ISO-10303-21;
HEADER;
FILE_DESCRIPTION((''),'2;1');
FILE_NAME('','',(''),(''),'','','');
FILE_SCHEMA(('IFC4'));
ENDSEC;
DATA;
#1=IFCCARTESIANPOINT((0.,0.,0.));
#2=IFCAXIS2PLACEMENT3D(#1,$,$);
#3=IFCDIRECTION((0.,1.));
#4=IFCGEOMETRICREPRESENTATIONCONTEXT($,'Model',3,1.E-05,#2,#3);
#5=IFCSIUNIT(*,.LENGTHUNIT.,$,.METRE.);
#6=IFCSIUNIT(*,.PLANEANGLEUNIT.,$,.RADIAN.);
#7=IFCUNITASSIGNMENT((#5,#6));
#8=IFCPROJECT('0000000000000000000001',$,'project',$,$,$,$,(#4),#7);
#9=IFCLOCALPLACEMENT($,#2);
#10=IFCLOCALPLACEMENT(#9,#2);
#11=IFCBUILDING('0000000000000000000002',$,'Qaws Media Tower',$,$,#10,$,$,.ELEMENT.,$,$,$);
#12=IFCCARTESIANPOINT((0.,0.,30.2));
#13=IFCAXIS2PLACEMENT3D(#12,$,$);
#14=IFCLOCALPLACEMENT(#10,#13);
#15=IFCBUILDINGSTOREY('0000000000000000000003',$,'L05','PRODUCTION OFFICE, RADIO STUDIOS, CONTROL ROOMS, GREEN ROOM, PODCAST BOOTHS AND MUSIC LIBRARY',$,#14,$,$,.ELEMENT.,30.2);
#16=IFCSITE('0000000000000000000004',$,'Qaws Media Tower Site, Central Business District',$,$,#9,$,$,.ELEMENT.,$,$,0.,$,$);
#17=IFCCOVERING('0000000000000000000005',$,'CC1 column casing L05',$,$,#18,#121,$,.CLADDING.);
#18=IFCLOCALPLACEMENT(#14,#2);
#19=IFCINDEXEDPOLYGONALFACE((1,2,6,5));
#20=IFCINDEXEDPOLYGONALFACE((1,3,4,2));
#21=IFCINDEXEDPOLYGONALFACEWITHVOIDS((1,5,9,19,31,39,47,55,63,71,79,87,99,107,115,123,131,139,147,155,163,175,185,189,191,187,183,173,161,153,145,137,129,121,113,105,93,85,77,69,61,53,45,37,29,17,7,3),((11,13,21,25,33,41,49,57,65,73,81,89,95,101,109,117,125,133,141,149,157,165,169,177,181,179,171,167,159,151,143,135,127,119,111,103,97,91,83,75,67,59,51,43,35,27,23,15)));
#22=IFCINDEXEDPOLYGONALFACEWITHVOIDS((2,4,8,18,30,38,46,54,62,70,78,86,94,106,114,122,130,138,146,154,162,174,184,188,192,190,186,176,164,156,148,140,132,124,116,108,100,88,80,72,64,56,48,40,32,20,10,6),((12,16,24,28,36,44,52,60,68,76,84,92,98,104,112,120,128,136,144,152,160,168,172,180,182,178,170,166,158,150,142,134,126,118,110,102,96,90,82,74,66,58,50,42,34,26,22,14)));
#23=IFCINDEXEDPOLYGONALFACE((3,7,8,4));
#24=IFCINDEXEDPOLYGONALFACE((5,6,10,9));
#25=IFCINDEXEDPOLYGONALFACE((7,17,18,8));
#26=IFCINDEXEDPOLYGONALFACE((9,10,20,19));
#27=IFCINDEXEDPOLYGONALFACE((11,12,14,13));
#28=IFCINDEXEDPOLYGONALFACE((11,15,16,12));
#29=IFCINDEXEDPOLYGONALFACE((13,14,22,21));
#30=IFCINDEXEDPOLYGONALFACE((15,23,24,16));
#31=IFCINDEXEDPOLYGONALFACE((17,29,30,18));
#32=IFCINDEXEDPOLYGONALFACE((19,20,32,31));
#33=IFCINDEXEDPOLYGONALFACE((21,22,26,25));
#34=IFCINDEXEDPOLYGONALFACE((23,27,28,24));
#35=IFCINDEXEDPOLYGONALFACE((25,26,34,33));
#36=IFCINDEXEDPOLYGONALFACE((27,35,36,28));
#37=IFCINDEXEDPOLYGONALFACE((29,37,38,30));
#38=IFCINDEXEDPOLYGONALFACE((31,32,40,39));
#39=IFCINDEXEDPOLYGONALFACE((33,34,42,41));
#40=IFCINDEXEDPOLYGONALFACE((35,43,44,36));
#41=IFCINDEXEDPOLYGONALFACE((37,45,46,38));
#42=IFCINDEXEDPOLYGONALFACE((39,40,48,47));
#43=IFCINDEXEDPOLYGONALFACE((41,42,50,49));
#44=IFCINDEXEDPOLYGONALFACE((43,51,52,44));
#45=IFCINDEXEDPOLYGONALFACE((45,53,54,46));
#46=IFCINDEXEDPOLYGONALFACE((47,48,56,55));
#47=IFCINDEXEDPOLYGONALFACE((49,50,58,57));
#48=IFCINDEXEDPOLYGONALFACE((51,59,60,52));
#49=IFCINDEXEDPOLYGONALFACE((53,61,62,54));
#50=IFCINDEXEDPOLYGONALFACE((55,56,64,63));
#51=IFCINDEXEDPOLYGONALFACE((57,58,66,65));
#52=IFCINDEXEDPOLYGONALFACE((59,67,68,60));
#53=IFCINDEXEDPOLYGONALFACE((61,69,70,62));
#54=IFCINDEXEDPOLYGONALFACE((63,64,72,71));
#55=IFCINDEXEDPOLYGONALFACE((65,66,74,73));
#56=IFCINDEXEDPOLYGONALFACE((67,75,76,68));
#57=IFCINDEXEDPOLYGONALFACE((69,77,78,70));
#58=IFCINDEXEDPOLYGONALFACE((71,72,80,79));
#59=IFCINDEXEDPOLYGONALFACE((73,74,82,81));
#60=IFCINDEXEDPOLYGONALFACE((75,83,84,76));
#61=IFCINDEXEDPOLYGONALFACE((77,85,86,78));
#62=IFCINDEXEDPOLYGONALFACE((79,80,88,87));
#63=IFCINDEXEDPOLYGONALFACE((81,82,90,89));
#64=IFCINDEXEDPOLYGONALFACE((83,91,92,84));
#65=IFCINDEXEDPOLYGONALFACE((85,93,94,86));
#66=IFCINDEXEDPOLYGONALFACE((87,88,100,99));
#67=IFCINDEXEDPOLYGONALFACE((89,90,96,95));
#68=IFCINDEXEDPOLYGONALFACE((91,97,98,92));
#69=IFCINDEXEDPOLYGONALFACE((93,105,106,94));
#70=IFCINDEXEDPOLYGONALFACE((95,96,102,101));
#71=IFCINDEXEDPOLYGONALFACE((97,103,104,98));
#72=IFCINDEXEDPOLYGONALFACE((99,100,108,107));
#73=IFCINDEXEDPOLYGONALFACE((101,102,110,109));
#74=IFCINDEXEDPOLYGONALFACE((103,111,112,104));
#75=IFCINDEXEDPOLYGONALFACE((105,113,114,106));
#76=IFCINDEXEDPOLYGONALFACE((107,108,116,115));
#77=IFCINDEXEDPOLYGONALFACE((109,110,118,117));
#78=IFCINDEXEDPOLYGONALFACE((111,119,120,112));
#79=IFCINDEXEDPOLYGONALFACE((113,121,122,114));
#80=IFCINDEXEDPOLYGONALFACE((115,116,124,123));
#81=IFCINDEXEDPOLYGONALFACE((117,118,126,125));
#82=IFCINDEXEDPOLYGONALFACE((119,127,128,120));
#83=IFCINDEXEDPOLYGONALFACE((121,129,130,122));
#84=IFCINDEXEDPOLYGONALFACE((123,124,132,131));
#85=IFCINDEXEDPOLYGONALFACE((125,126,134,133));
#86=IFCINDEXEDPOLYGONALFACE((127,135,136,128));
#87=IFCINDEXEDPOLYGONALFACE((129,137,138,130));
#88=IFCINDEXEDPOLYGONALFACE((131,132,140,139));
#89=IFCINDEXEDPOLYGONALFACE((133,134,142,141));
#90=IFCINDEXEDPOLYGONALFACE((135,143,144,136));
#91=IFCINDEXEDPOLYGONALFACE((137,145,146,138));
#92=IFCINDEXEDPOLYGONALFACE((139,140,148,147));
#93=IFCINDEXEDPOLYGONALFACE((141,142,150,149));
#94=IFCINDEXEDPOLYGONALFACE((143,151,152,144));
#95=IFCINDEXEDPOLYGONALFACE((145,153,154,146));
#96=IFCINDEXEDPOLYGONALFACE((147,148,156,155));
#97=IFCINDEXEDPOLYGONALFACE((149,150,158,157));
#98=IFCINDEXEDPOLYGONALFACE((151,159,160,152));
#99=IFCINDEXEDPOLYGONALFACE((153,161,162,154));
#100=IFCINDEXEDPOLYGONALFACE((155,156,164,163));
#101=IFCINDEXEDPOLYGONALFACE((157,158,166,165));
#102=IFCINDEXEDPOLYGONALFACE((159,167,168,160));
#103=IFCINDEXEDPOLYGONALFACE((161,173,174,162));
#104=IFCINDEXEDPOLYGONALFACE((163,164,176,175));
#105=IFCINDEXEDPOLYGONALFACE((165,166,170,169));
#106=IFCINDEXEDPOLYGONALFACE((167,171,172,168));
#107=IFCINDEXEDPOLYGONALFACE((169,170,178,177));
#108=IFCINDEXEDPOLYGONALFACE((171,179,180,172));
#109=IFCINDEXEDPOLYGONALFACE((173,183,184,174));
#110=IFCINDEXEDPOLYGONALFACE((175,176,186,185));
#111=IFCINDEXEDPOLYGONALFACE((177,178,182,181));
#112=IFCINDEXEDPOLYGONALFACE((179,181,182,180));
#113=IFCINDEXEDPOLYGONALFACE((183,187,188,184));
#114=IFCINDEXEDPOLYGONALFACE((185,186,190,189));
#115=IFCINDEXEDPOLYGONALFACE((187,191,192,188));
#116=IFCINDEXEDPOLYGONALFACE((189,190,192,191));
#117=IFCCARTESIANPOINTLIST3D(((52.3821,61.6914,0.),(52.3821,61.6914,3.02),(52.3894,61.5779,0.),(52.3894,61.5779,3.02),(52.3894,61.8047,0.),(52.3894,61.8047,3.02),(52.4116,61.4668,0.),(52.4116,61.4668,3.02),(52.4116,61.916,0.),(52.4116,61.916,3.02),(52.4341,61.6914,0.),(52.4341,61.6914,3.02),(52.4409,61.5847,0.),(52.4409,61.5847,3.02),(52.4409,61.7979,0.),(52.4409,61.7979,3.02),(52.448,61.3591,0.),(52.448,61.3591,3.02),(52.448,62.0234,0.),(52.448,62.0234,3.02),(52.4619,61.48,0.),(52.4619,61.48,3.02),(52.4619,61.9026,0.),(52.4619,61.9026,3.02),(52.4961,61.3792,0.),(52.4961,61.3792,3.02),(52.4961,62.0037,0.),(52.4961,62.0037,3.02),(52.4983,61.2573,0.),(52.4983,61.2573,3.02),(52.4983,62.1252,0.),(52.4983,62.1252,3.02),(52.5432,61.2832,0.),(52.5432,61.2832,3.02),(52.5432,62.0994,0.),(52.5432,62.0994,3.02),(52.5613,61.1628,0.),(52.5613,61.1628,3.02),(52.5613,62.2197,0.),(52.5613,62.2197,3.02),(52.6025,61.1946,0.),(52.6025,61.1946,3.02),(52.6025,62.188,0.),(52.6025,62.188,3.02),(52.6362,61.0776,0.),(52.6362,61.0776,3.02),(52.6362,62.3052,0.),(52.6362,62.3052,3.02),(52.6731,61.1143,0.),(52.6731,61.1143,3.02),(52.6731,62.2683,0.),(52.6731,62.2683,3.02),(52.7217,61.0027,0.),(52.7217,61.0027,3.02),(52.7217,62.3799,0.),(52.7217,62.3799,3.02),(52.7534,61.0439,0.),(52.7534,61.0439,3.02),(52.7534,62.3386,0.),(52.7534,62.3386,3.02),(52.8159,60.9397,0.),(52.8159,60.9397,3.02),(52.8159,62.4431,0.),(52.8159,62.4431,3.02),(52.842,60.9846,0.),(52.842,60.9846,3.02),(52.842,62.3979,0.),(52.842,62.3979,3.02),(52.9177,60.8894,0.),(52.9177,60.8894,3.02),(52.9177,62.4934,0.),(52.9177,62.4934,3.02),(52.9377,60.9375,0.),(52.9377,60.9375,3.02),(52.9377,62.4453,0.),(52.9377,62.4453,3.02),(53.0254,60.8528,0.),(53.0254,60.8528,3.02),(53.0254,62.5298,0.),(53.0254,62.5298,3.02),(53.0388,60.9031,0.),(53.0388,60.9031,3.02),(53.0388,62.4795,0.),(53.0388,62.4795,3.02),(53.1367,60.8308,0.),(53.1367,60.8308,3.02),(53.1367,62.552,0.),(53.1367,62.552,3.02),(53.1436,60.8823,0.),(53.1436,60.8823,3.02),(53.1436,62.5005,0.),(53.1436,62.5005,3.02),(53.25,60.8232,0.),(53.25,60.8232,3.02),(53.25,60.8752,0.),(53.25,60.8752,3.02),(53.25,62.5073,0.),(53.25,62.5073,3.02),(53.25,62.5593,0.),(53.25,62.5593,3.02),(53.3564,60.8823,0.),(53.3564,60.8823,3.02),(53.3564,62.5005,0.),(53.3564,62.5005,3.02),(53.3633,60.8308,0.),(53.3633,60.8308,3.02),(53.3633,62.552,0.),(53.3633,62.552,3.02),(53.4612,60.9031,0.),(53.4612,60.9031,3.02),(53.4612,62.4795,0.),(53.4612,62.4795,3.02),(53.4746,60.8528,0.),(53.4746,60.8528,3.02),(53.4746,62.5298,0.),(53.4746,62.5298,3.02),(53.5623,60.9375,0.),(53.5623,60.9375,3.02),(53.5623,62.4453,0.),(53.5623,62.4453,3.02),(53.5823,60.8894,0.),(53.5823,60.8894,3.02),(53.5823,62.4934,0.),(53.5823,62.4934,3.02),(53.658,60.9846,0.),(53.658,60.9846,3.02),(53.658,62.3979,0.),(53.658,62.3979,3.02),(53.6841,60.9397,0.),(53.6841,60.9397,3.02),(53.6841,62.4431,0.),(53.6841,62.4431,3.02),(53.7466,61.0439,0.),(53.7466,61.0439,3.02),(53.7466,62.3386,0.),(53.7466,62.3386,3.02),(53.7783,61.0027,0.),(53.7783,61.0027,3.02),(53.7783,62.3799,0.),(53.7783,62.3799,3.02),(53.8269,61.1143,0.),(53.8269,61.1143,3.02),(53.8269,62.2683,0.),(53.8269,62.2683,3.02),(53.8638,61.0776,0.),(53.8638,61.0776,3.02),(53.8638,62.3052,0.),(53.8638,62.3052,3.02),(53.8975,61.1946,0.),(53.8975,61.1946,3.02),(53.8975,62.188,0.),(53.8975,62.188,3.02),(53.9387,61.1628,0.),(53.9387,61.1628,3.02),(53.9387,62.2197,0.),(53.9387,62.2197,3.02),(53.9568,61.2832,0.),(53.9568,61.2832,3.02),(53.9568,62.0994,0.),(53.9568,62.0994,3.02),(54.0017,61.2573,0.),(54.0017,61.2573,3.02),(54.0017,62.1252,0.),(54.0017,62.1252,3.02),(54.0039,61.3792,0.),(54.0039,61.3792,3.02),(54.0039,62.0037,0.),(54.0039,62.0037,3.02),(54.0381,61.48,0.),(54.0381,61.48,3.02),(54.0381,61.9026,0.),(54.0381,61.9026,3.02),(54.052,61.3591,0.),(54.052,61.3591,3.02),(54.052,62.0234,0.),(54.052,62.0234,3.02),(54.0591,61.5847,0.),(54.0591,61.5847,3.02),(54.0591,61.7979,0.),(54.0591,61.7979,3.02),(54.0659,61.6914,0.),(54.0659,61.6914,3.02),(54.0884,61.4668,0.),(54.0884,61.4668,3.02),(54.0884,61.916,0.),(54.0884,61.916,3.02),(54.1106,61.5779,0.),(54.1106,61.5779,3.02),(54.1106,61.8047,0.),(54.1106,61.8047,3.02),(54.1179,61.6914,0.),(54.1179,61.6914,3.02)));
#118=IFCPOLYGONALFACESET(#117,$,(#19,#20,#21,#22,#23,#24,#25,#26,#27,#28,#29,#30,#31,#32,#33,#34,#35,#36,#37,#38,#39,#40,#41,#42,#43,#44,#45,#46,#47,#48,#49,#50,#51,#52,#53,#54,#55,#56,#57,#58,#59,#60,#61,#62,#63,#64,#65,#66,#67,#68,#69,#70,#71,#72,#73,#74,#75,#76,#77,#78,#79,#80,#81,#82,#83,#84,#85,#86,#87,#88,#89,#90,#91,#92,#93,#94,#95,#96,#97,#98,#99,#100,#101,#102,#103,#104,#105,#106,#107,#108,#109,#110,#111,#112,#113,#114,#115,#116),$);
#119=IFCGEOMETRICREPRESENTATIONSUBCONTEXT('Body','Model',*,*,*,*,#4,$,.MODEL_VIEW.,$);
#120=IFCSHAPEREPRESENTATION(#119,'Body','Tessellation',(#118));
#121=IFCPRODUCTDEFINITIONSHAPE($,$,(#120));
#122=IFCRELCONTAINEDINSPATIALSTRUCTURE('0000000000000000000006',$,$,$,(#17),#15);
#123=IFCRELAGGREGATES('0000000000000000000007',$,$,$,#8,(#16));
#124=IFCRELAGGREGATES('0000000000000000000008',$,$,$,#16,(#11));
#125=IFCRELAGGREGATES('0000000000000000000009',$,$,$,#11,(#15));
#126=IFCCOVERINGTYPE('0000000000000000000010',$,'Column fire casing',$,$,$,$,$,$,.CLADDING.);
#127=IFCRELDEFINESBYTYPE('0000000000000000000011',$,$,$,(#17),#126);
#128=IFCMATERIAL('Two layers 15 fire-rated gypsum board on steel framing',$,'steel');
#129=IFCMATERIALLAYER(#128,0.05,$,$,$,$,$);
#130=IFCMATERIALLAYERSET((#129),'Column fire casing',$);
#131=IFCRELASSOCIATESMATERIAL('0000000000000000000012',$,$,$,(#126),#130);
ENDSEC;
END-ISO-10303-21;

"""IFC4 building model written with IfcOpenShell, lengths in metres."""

from ifc_helpers import new_model, si_unit, direction, frame, origin, place, context, subcontext, project, spatial, polyline, outline, extrude, material, layer, layer_set, type_object, element, save


model = new_model("IFC4")

# Units and contexts
model_context = context("Model", 3, precision=1e-05, world=origin(), true_north=direction((0.0, 1.0)))
body_context = subcontext(model_context, "Body", "Model", "MODEL_VIEW")
ifc_project = project(units=[si_unit("LENGTHUNIT", "METRE"), si_unit("PLANEANGLEUNIT", "RADIAN")], contexts=[model_context])

# Site, building, storey
site_placement = place(None, origin())
site = spatial("IfcSite", under=ifc_project, at=site_placement, Name="Qaws Media Tower Site, Central Business District", CompositionType="ELEMENT", RefElevation=0.0)
building_placement = place(site_placement, origin())
building = spatial("IfcBuilding", under=site, at=building_placement, Name="Qaws Media Tower", CompositionType="ELEMENT")
storey_placement = place(building_placement, frame((0.0, 0.0, 30.2)))
storey = spatial("IfcBuildingStorey", under=building, at=storey_placement, Name="L05", Description="PRODUCTION OFFICE, RADIO STUDIOS, CONTROL ROOMS, GREEN ROOM, PODCAST BOOTHS AND MUSIC LIBRARY", CompositionType="ELEMENT", Elevation=30.2)

# Covering
ifc_material_1 = material(Name="Two layers 15 fire-rated gypsum board on steel framing", Category="steel")
ifc_layer_1 = layer(ifc_material_1, 0.05)
ifc_layer_set_1 = layer_set([ifc_layer_1], Name="Column fire casing")
covering_type = type_object("IfcCoveringType", Name="Column fire casing", PredefinedType="CLADDING", material=ifc_layer_set_1)
covering_1_placement = place(storey_placement, origin())
element("IfcCovering", 1, at=covering_1_placement, inside=storey, type_object=covering_type, Name="CC1 column casing L05", PredefinedType="CLADDING", context=body_context, shape_type="SweptSolid", body=[
    extrude(outline(polyline([(54.1179, 61.6914), (54.1106, 61.5779), (54.0884, 61.4668), (54.052, 61.3591), (54.0017, 61.2573), (53.9387, 61.1628), (53.8638, 61.0776), (53.7783, 61.0027), (53.6841, 60.9397), (53.5823, 60.8894), (53.4746, 60.8528), (53.3633, 60.8308), (53.25, 60.8232), (53.1367, 60.8308), (53.0254, 60.8528), (52.9177, 60.8894), (52.8159, 60.9397), (52.7217, 61.0027), (52.6362, 61.0776), (52.5613, 61.1628), (52.4983, 61.2573), (52.448, 61.3591), (52.4116, 61.4668), (52.3894, 61.5779), (52.3821, 61.6914), (52.3894, 61.8047), (52.4116, 61.916), (52.448, 62.0234), (52.4983, 62.1252), (52.5613, 62.2197), (52.6362, 62.3052), (52.7217, 62.3799), (52.8159, 62.4431), (52.9177, 62.4934), (53.0254, 62.5298), (53.1367, 62.552), (53.25, 62.5593), (53.3633, 62.552), (53.4746, 62.5298), (53.5823, 62.4934), (53.6841, 62.4431), (53.7783, 62.3799), (53.8638, 62.3052), (53.9387, 62.2197), (54.0017, 62.1252), (54.052, 62.0234), (54.0884, 61.916), (54.1106, 61.8047), (54.1179, 61.6914)]), holes=[polyline([(54.0659, 61.6914), (54.0591, 61.5847), (54.0381, 61.48), (54.0039, 61.3792), (53.9568, 61.2832), (53.8975, 61.1946), (53.8269, 61.1143), (53.7466, 61.0439), (53.658, 60.9846), (53.5623, 60.9375), (53.4612, 60.9031), (53.3564, 60.8823), (53.25, 60.8752), (53.1436, 60.8823), (53.0388, 60.9031), (52.9377, 60.9375), (52.842, 60.9846), (52.7534, 61.0439), (52.6731, 61.1143), (52.6025, 61.1946), (52.5432, 61.2832), (52.4961, 61.3792), (52.4619, 61.48), (52.4409, 61.5847), (52.4341, 61.6914), (52.4409, 61.7979), (52.4619, 61.9026), (52.4961, 62.0037), (52.5432, 62.0994), (52.6025, 62.188), (52.6731, 62.2683), (52.7534, 62.3386), (52.842, 62.3979), (52.9377, 62.4453), (53.0388, 62.4795), (53.1436, 62.5005), (53.25, 62.5073), (53.3564, 62.5005), (53.4612, 62.4795), (53.5623, 62.4453), (53.658, 62.3979), (53.7466, 62.3386), (53.8269, 62.2683), (53.8975, 62.188), (53.9568, 62.0994), (54.0039, 62.0037), (54.0381, 61.9026), (54.0591, 61.7979), (54.0659, 61.6914)])]), origin(), (0.0, 0.0, 1.0), 3.02),
])

save(model, "model.ifc")
